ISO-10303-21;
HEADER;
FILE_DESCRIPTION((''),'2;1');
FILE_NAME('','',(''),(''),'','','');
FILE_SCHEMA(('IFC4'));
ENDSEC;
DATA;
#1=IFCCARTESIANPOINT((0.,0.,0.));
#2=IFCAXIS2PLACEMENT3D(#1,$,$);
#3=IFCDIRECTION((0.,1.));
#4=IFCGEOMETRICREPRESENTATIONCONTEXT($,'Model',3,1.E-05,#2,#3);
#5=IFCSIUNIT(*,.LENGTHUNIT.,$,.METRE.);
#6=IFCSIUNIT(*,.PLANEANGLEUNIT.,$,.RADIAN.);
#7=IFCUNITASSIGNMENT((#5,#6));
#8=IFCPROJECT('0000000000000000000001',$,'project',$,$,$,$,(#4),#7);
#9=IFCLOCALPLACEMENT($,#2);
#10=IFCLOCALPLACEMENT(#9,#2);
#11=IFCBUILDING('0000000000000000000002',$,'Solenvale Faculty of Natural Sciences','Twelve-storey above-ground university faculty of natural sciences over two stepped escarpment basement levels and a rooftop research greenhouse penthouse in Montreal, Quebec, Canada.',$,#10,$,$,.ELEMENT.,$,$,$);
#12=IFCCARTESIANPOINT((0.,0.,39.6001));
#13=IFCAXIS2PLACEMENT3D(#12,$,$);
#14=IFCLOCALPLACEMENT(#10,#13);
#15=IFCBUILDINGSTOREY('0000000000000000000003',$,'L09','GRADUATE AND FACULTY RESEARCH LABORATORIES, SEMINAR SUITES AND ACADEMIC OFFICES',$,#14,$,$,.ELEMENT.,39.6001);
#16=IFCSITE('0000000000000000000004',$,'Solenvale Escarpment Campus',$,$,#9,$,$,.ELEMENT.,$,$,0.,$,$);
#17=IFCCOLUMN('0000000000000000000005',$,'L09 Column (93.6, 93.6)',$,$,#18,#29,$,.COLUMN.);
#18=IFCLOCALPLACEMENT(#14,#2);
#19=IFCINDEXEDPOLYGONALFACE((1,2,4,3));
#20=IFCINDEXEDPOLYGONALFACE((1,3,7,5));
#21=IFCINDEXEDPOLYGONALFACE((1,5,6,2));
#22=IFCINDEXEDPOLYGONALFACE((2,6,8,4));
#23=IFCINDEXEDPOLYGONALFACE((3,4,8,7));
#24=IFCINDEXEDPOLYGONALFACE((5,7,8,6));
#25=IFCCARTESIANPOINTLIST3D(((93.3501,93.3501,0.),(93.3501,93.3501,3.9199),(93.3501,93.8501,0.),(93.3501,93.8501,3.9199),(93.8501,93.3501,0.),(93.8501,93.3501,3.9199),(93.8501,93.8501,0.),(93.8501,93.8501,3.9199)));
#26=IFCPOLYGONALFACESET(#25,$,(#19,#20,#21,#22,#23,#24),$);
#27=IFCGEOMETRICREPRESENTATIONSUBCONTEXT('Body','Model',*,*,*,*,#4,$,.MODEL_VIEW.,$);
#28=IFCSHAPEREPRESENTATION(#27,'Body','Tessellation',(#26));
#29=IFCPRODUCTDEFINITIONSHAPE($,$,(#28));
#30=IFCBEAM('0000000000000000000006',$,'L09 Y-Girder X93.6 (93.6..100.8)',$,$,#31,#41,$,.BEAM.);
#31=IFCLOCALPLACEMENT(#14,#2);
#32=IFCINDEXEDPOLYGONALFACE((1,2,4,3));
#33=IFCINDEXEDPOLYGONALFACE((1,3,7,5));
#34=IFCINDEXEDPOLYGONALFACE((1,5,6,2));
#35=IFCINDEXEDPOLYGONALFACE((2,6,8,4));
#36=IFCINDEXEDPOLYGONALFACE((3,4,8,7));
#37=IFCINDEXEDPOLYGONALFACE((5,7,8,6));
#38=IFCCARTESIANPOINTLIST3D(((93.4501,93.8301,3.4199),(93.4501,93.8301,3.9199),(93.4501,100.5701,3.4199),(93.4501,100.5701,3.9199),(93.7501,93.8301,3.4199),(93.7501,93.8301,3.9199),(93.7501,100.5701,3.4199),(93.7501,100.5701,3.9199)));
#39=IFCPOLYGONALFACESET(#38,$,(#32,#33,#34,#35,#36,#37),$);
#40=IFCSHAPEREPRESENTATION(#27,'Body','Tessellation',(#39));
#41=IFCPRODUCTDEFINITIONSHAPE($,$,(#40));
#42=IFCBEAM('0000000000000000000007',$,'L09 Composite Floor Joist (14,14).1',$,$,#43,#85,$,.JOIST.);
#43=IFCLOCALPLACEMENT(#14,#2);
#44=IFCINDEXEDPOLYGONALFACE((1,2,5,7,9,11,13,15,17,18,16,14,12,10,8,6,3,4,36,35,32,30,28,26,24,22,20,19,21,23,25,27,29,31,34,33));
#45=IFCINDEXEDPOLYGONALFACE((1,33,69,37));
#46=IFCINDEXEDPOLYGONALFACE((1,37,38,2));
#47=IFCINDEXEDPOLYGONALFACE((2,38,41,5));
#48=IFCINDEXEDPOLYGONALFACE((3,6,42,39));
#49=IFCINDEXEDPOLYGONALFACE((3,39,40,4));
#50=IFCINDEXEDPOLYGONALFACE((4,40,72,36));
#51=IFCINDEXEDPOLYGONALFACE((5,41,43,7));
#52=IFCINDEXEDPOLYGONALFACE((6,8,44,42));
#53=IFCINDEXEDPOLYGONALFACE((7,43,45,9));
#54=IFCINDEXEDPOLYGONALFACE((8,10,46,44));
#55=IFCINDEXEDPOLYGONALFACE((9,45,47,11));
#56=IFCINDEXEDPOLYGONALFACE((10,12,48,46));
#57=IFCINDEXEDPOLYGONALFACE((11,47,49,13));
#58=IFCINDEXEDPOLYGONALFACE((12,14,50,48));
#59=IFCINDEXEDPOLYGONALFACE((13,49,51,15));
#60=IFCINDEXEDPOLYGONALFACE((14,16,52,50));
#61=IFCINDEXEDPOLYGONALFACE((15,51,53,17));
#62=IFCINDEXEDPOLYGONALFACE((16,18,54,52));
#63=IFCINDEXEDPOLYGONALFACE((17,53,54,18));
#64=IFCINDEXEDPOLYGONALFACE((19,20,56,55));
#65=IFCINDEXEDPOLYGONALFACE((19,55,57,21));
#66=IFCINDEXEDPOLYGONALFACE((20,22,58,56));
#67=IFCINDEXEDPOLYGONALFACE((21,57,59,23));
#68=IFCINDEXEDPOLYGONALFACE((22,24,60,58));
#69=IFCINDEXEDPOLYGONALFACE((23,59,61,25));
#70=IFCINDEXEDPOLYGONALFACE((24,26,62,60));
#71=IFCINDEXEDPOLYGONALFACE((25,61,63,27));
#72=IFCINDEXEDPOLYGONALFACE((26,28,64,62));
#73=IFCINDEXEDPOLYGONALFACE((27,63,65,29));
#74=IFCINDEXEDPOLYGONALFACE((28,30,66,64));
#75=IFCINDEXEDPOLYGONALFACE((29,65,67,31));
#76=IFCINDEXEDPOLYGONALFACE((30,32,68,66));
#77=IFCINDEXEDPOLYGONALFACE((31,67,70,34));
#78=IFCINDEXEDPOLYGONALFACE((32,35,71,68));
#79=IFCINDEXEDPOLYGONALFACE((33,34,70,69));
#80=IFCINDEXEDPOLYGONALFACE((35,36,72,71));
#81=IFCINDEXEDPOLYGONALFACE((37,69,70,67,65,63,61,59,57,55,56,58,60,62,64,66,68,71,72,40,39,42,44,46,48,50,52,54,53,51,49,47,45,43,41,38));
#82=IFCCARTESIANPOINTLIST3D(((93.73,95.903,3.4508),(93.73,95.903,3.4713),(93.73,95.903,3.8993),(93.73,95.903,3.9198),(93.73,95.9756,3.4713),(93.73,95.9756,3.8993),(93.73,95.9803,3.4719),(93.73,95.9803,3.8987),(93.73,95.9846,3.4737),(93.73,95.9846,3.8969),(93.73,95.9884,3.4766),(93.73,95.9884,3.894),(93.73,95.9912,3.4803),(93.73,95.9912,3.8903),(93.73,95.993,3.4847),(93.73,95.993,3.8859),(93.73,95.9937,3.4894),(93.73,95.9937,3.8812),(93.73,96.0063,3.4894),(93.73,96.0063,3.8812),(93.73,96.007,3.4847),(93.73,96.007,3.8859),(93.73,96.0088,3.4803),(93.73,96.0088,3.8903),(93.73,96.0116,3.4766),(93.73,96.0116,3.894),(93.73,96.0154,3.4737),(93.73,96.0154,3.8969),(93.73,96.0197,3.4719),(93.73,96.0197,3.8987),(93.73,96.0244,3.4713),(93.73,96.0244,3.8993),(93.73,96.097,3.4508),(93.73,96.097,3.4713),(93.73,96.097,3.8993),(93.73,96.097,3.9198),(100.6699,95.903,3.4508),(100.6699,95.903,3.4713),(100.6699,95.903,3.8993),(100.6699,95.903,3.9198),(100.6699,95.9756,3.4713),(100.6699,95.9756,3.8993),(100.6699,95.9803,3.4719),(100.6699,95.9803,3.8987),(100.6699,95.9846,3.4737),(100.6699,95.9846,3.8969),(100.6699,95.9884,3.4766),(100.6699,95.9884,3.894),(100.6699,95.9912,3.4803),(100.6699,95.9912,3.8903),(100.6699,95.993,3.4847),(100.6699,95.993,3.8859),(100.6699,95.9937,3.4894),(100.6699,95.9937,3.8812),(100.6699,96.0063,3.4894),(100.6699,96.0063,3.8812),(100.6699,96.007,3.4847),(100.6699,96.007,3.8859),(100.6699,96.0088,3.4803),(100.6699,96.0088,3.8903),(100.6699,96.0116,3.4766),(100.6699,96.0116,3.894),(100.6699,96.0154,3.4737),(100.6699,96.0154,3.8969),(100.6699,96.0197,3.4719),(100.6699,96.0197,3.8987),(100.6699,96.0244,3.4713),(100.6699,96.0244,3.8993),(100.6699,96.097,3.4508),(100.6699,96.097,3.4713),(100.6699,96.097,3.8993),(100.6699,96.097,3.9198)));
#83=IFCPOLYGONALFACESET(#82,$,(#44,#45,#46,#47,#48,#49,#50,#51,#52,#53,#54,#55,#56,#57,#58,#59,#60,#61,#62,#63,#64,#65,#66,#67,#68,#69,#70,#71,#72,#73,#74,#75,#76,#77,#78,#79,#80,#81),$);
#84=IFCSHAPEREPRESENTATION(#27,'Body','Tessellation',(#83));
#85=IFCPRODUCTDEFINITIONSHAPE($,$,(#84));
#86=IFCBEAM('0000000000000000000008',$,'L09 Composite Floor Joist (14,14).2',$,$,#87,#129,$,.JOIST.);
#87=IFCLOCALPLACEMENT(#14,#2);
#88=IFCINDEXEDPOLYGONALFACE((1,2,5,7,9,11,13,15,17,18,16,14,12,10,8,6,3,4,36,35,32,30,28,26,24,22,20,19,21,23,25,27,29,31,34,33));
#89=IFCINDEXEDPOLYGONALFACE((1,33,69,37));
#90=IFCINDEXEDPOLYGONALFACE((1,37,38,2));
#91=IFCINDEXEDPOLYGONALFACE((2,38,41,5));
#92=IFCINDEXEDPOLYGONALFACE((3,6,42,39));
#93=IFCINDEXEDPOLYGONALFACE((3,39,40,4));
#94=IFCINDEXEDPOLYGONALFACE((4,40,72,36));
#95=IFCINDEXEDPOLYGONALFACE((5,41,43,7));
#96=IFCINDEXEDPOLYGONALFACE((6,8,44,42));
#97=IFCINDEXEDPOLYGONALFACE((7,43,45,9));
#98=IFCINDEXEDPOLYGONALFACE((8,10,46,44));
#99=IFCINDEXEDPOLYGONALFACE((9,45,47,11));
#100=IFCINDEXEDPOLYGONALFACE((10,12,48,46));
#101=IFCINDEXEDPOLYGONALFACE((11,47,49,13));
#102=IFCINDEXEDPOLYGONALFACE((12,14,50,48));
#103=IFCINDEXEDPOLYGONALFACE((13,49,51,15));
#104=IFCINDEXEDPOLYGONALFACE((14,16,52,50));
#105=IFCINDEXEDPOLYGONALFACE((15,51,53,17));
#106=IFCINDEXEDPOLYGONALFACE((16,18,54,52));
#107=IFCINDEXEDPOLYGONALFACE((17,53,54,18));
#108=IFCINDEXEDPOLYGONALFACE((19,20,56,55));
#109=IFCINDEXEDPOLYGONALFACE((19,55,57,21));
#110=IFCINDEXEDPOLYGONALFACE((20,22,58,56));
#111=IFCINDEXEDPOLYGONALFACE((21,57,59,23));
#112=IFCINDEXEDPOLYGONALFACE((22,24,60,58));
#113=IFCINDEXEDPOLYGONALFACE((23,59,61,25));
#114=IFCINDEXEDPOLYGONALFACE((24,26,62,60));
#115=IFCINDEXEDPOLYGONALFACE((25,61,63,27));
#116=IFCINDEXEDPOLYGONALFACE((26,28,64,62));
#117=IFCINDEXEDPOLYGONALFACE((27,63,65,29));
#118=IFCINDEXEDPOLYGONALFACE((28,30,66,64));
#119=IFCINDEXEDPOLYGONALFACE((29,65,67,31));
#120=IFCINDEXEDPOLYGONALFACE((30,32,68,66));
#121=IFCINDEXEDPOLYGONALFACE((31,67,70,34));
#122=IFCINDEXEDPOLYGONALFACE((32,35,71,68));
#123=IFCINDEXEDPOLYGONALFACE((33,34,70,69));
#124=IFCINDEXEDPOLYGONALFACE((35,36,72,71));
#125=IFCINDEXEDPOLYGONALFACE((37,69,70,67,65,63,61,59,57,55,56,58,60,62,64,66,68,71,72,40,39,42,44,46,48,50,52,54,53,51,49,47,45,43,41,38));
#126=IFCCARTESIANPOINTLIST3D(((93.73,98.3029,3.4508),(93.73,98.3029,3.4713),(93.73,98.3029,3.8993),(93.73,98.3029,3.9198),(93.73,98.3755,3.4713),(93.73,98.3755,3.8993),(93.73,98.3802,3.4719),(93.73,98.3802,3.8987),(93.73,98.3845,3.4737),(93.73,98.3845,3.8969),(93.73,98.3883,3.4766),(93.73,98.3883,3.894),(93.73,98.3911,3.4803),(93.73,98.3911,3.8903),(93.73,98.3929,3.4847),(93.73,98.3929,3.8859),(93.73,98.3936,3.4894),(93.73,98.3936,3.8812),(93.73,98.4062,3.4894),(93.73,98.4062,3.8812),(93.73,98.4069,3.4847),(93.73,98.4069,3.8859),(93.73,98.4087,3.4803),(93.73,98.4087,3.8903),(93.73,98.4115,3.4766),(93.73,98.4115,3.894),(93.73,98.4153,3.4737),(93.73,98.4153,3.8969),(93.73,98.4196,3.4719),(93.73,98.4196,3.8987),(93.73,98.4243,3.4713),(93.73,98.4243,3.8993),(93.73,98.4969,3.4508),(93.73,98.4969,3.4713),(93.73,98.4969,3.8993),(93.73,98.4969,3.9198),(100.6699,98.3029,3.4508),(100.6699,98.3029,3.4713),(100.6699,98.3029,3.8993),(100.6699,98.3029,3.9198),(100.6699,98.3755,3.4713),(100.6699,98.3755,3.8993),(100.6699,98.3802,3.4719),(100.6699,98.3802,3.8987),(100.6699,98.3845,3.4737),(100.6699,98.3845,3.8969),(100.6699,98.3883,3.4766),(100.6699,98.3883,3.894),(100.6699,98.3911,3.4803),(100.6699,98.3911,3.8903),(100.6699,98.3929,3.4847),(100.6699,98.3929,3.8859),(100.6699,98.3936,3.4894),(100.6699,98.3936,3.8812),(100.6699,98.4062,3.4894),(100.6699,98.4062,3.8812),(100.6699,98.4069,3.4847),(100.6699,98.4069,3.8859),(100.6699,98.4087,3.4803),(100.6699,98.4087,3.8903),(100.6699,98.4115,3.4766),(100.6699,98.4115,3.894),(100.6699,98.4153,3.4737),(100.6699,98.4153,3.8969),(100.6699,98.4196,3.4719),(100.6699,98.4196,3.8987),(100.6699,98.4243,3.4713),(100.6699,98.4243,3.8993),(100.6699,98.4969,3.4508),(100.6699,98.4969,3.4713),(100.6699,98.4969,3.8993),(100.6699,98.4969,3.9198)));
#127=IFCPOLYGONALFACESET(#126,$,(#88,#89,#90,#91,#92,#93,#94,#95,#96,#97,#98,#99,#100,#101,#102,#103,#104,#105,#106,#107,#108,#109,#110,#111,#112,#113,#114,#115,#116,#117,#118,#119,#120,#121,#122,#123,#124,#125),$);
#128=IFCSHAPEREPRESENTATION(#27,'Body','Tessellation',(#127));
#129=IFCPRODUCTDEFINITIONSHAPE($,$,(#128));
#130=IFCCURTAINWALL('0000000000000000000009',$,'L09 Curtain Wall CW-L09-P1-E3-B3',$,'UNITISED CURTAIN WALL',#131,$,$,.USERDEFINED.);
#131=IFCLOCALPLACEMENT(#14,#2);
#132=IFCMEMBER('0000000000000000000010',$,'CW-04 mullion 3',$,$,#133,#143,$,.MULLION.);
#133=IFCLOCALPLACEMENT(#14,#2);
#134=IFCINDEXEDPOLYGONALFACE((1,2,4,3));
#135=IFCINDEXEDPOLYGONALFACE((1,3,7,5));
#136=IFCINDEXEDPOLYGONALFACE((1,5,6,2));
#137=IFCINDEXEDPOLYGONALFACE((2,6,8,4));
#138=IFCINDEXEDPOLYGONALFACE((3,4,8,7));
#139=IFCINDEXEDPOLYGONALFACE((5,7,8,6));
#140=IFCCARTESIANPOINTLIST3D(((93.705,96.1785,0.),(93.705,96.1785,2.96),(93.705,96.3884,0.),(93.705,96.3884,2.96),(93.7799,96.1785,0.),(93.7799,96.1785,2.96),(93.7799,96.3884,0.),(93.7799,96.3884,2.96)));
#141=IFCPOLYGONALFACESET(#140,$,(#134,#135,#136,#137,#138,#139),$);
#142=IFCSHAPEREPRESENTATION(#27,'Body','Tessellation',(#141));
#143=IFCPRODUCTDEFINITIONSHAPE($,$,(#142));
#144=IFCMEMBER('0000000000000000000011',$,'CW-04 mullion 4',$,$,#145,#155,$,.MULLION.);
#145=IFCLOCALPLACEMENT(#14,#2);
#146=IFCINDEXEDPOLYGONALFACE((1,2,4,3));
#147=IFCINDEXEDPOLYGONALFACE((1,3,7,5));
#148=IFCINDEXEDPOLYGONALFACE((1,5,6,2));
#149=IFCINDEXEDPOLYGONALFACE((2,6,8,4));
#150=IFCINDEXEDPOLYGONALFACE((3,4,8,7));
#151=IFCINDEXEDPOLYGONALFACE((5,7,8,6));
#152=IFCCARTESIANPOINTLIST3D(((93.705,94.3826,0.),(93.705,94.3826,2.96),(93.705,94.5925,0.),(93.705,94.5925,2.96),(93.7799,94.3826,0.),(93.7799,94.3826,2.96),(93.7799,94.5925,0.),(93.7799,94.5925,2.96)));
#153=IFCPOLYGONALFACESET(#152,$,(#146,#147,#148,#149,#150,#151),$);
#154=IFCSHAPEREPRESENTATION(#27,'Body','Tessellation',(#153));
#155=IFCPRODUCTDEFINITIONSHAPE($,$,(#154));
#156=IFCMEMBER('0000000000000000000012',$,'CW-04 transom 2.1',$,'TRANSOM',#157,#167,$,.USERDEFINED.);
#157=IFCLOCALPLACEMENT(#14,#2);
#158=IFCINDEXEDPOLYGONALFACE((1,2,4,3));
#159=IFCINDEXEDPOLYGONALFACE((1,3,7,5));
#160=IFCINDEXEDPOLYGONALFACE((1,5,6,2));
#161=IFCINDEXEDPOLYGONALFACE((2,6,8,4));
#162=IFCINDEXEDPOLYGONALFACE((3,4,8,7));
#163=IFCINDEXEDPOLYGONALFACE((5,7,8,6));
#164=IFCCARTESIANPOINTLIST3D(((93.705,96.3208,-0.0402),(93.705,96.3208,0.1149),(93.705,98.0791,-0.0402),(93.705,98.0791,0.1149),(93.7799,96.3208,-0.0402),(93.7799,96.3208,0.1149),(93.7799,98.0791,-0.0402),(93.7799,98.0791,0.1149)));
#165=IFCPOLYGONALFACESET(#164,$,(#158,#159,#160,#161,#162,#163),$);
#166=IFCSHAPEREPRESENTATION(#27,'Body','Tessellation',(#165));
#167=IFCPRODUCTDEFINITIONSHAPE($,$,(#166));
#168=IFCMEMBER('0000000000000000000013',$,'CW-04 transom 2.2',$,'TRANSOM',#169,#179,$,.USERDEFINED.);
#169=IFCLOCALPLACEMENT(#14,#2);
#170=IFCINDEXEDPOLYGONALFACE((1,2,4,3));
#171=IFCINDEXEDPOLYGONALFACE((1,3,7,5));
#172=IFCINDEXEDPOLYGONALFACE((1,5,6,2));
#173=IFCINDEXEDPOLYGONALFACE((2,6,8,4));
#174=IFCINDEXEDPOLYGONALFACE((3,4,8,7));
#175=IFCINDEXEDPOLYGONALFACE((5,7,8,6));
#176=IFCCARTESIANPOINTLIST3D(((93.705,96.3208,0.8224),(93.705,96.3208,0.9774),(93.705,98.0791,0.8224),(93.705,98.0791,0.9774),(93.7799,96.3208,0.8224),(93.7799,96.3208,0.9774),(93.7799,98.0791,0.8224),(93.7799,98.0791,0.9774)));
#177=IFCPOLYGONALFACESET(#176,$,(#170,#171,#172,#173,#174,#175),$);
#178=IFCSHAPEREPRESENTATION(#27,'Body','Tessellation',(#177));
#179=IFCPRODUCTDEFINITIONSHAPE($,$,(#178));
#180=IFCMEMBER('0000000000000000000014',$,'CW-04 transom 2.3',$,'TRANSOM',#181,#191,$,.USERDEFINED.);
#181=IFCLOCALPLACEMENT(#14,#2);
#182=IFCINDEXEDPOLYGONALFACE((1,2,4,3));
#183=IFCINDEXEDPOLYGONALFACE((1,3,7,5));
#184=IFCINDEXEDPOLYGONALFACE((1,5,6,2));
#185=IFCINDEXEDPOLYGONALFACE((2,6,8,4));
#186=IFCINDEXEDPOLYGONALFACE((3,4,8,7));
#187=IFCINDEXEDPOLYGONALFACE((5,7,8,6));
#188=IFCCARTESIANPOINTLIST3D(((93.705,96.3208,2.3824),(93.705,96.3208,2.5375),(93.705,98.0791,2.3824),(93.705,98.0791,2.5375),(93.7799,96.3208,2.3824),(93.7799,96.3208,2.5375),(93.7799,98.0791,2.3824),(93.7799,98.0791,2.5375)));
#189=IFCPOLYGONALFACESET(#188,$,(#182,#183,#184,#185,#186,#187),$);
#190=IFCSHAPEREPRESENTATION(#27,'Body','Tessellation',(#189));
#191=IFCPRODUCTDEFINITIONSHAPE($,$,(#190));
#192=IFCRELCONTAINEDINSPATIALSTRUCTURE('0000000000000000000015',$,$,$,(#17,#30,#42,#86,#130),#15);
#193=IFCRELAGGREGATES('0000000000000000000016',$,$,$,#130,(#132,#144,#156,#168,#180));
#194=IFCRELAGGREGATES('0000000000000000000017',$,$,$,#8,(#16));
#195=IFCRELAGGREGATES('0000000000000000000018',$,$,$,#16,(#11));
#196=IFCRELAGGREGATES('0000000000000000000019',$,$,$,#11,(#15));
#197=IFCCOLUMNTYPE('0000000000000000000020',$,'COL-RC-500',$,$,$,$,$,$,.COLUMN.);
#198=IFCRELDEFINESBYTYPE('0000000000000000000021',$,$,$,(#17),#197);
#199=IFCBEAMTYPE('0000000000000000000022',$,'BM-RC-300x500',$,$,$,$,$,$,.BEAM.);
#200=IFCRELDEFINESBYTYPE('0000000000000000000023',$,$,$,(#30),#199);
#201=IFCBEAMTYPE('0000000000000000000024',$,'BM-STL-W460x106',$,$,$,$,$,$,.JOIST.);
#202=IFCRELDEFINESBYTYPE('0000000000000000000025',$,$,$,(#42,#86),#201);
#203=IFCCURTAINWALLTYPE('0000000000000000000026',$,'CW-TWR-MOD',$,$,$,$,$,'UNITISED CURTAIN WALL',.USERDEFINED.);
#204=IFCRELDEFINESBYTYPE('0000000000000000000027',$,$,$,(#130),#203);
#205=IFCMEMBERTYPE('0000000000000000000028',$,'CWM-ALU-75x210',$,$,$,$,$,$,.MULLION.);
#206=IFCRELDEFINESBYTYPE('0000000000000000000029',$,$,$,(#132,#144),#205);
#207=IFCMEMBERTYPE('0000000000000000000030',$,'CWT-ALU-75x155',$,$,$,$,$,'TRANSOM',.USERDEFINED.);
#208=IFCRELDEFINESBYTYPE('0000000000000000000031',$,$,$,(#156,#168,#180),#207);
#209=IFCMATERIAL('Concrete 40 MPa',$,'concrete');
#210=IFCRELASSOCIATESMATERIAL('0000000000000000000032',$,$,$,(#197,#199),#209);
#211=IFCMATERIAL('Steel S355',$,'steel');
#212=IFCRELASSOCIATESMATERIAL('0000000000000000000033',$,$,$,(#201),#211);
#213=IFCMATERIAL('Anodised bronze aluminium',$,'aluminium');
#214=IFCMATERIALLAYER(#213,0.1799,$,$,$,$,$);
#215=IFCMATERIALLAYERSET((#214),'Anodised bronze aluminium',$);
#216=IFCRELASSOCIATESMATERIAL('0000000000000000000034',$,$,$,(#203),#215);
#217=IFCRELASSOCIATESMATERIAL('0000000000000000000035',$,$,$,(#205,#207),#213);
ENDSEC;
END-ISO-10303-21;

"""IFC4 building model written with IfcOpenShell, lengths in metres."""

from ifc_helpers import new_model, si_unit, direction, frame, origin, origin_2d, place, context, subcontext, project, spatial, rectangle, i_section, extrude, material, layer, layer_set, material_profile, profile_set, type_object, element, aggregate, save


model = new_model("IFC4")

# Units and contexts
model_context = context("Model", 3, precision=1e-05, world=origin(), true_north=direction((0.0, 1.0)))
body_context = subcontext(model_context, "Body", "Model", "MODEL_VIEW")
ifc_project = project(units=[si_unit("LENGTHUNIT", "METRE"), si_unit("PLANEANGLEUNIT", "RADIAN")], contexts=[model_context])

# Site, building, storey
site_placement = place(None, origin())
site = spatial("IfcSite", under=ifc_project, at=site_placement, Name="Solenvale Escarpment Campus", CompositionType="ELEMENT", RefElevation=0.0)
building_placement = place(site_placement, origin())
building = spatial("IfcBuilding", under=site, at=building_placement, Name="Solenvale Faculty of Natural Sciences", Description="Twelve-storey above-ground university faculty of natural sciences over two stepped escarpment basement levels and a rooftop research greenhouse penthouse in Montreal, Quebec, Canada.", CompositionType="ELEMENT")
storey_placement = place(building_placement, frame((0.0, 0.0, 39.6001)))
storey = spatial("IfcBuildingStorey", under=building, at=storey_placement, Name="L09", Description="GRADUATE AND FACULTY RESEARCH LABORATORIES, SEMINAR SUITES AND ACADEMIC OFFICES", CompositionType="ELEMENT", Elevation=39.6001)

# Column
ifc_material_1 = material(Name="Concrete 40 MPa", Category="concrete")
ifc_material_profile_1 = material_profile(ifc_material_1, rectangle(XDim=0.5, YDim=0.5, at=origin_2d()), Name="RC-COL-500x500")
ifc_profile_set_1 = profile_set([ifc_material_profile_1], Name="Concrete 40 MPa")
column_type = type_object("IfcColumnType", Name="COL-RC-500", PredefinedType="COLUMN", material=ifc_profile_set_1)
column_placement = place(storey_placement, frame((93.6001, 93.6001, 0.0), z_axis=(0.0, 0.0, 1.0), x_axis=(1.0, 0.0, 0.0)))
element("IfcColumn", 1, at=column_placement, inside=storey, type_object=column_type, Name="L09 Column (93.6, 93.6)", PredefinedType="COLUMN", context=body_context, shape_type="SweptSolid", body=[
    extrude(rectangle(XDim=0.5, YDim=0.5, at=origin_2d()), origin(), (0.0, 0.0, 1.0), 3.9199),
])

# Beams
ifc_material_profile_2 = material_profile(ifc_material_1, rectangle(XDim=0.3, YDim=0.5, at=origin_2d()), Name="RC-BM-300x500")
ifc_profile_set_2 = profile_set([ifc_material_profile_2], Name="Concrete 40 MPa")
beam_type_1 = type_object("IfcBeamType", Name="BM-RC-300x500", PredefinedType="BEAM", material=ifc_profile_set_2)
beam_placement = place(storey_placement, frame((93.6001, 93.8301, 3.6699), z_axis=(0.0, 1.0, 0.0), x_axis=(-1.0, 0.0, 0.0)))
element("IfcBeam", 2, at=beam_placement, inside=storey, type_object=beam_type_1, Name="L09 Y-Girder X93.6 (93.6..100.8)", PredefinedType="BEAM", context=body_context, shape_type="SweptSolid", body=[
    extrude(rectangle(XDim=0.3, YDim=0.5, at=origin_2d()), origin(), (0.0, 0.0, 1.0), 6.74),
])
ifc_material_2 = material(Name="Steel S355", Category="steel")
ifc_material_profile_3 = material_profile(ifc_material_2, i_section(OverallWidth=0.1941, OverallDepth=0.469, WebThickness=0.0127, FlangeThickness=0.0205, FilletRadius=0.0181, at=origin_2d()), Name="W460x106")
ifc_profile_set_3 = profile_set([ifc_material_profile_3], Name="Steel S355")
beam_type_2 = type_object("IfcBeamType", Name="BM-STL-W460x106", PredefinedType="JOIST", material=ifc_profile_set_3)
for number, where, z_axis, x_axis, name in (
    (3, (93.73, 96.0, 3.6853), (1.0, 0.0, 0.0), (0.0, 1.0, 0.0), "L09 Composite Floor Joist (14,14).1"),
    (4, (93.73, 98.3999, 3.6853), (1.0, 0.0, 0.0), (0.0, 1.0, 0.0), "L09 Composite Floor Joist (14,14).2"),
):
    element("IfcBeam", number, at=place(storey_placement, frame(where, z_axis=z_axis, x_axis=x_axis)), inside=storey, type_object=beam_type_2, Name=name, PredefinedType="JOIST", context=body_context, shape_type="SweptSolid", body=[
        extrude(i_section(OverallWidth=0.1941, OverallDepth=0.469, WebThickness=0.0127, FlangeThickness=0.0205, FilletRadius=0.0181, at=origin_2d()), origin(), (0.0, 0.0, 1.0), 6.9399),
    ])

# Curtain wall, members
ifc_material_3 = material(Name="Anodised bronze aluminium", Category="aluminium")
ifc_layer_1 = layer(ifc_material_3, 0.1799)
ifc_layer_set_1 = layer_set([ifc_layer_1], Name="Anodised bronze aluminium")
curtain_wall_type = type_object("IfcCurtainWallType", Name="CW-TWR-MOD", ElementType="UNITISED CURTAIN WALL", PredefinedType="USERDEFINED", material=ifc_layer_set_1)
curtain_wall_placement = place(storey_placement, origin())
curtain_wall = element("IfcCurtainWall", 5, at=curtain_wall_placement, inside=storey, type_object=curtain_wall_type, Name="L09 Curtain Wall CW-L09-P1-E3-B3", ObjectType="UNITISED CURTAIN WALL", PredefinedType="USERDEFINED")
ifc_material_profile_4 = material_profile(ifc_material_3, rectangle(XDim=0.075, YDim=0.21, at=origin_2d()), Name="ALU-MUL-75x210")
ifc_profile_set_4 = profile_set([ifc_material_profile_4], Name="Anodised bronze aluminium")
member_type_1 = type_object("IfcMemberType", Name="CWM-ALU-75x210", PredefinedType="MULLION", material=ifc_profile_set_4)
member_1_placement = place(storey_placement, frame((93.7424, 96.2834, 0.0), z_axis=(0.0, 0.0, 1.0), x_axis=(1.0, 0.0, 0.0)))
member_1 = element("IfcMember", 6, at=member_1_placement, type_object=member_type_1, Name="CW-04 mullion 3", PredefinedType="MULLION", context=body_context, shape_type="SweptSolid", body=[
    extrude(rectangle(XDim=0.075, YDim=0.21, at=origin_2d()), origin(), (0.0, 0.0, 1.0), 2.96),
])
member_2_placement = place(storey_placement, frame((93.7424, 94.4875, 0.0), z_axis=(0.0, 0.0, 1.0), x_axis=(1.0, 0.0, 0.0)))
member_2 = element("IfcMember", 7, at=member_2_placement, type_object=member_type_1, Name="CW-04 mullion 4", PredefinedType="MULLION", context=body_context, shape_type="SweptSolid", body=[
    extrude(rectangle(XDim=0.075, YDim=0.21, at=origin_2d()), origin(), (0.0, 0.0, 1.0), 2.96),
])
ifc_material_profile_5 = material_profile(ifc_material_3, rectangle(XDim=0.075, YDim=0.155, at=origin_2d()), Name="ALU-TRN-75x155")
ifc_profile_set_5 = profile_set([ifc_material_profile_5], Name="Anodised bronze aluminium")
member_type_2 = type_object("IfcMemberType", Name="CWT-ALU-75x155", ElementType="TRANSOM", PredefinedType="USERDEFINED", material=ifc_profile_set_5)
member_3_placement = place(storey_placement, frame((93.7424, 98.0791, 0.0374), z_axis=(0.0, -1.0, 0.0), x_axis=(1.0, 0.0, 0.0)))
member_3 = element("IfcMember", 8, at=member_3_placement, type_object=member_type_2, Name="CW-04 transom 2.1", ObjectType="TRANSOM", PredefinedType="USERDEFINED", context=body_context, shape_type="SweptSolid", body=[
    extrude(rectangle(XDim=0.075, YDim=0.155, at=origin_2d()), origin(), (0.0, 0.0, 1.0), 1.7583),
])
member_4_placement = place(storey_placement, frame((93.7424, 98.0791, 0.8999), z_axis=(0.0, -1.0, 0.0), x_axis=(1.0, 0.0, 0.0)))
member_4 = element("IfcMember", 9, at=member_4_placement, type_object=member_type_2, Name="CW-04 transom 2.2", ObjectType="TRANSOM", PredefinedType="USERDEFINED", context=body_context, shape_type="SweptSolid", body=[
    extrude(rectangle(XDim=0.075, YDim=0.155, at=origin_2d()), origin(), (0.0, 0.0, 1.0), 1.7583),
])
member_5_placement = place(storey_placement, frame((93.7424, 98.0791, 2.46), z_axis=(0.0, -1.0, 0.0), x_axis=(1.0, 0.0, 0.0)))
member_5 = element("IfcMember", 10, at=member_5_placement, type_object=member_type_2, Name="CW-04 transom 2.3", ObjectType="TRANSOM", PredefinedType="USERDEFINED", context=body_context, shape_type="SweptSolid", body=[
    extrude(rectangle(XDim=0.075, YDim=0.155, at=origin_2d()), origin(), (0.0, 0.0, 1.0), 1.7583),
])
aggregate(curtain_wall, [member_1, member_2, member_3, member_4, member_5])

save(model, "model.ifc")
